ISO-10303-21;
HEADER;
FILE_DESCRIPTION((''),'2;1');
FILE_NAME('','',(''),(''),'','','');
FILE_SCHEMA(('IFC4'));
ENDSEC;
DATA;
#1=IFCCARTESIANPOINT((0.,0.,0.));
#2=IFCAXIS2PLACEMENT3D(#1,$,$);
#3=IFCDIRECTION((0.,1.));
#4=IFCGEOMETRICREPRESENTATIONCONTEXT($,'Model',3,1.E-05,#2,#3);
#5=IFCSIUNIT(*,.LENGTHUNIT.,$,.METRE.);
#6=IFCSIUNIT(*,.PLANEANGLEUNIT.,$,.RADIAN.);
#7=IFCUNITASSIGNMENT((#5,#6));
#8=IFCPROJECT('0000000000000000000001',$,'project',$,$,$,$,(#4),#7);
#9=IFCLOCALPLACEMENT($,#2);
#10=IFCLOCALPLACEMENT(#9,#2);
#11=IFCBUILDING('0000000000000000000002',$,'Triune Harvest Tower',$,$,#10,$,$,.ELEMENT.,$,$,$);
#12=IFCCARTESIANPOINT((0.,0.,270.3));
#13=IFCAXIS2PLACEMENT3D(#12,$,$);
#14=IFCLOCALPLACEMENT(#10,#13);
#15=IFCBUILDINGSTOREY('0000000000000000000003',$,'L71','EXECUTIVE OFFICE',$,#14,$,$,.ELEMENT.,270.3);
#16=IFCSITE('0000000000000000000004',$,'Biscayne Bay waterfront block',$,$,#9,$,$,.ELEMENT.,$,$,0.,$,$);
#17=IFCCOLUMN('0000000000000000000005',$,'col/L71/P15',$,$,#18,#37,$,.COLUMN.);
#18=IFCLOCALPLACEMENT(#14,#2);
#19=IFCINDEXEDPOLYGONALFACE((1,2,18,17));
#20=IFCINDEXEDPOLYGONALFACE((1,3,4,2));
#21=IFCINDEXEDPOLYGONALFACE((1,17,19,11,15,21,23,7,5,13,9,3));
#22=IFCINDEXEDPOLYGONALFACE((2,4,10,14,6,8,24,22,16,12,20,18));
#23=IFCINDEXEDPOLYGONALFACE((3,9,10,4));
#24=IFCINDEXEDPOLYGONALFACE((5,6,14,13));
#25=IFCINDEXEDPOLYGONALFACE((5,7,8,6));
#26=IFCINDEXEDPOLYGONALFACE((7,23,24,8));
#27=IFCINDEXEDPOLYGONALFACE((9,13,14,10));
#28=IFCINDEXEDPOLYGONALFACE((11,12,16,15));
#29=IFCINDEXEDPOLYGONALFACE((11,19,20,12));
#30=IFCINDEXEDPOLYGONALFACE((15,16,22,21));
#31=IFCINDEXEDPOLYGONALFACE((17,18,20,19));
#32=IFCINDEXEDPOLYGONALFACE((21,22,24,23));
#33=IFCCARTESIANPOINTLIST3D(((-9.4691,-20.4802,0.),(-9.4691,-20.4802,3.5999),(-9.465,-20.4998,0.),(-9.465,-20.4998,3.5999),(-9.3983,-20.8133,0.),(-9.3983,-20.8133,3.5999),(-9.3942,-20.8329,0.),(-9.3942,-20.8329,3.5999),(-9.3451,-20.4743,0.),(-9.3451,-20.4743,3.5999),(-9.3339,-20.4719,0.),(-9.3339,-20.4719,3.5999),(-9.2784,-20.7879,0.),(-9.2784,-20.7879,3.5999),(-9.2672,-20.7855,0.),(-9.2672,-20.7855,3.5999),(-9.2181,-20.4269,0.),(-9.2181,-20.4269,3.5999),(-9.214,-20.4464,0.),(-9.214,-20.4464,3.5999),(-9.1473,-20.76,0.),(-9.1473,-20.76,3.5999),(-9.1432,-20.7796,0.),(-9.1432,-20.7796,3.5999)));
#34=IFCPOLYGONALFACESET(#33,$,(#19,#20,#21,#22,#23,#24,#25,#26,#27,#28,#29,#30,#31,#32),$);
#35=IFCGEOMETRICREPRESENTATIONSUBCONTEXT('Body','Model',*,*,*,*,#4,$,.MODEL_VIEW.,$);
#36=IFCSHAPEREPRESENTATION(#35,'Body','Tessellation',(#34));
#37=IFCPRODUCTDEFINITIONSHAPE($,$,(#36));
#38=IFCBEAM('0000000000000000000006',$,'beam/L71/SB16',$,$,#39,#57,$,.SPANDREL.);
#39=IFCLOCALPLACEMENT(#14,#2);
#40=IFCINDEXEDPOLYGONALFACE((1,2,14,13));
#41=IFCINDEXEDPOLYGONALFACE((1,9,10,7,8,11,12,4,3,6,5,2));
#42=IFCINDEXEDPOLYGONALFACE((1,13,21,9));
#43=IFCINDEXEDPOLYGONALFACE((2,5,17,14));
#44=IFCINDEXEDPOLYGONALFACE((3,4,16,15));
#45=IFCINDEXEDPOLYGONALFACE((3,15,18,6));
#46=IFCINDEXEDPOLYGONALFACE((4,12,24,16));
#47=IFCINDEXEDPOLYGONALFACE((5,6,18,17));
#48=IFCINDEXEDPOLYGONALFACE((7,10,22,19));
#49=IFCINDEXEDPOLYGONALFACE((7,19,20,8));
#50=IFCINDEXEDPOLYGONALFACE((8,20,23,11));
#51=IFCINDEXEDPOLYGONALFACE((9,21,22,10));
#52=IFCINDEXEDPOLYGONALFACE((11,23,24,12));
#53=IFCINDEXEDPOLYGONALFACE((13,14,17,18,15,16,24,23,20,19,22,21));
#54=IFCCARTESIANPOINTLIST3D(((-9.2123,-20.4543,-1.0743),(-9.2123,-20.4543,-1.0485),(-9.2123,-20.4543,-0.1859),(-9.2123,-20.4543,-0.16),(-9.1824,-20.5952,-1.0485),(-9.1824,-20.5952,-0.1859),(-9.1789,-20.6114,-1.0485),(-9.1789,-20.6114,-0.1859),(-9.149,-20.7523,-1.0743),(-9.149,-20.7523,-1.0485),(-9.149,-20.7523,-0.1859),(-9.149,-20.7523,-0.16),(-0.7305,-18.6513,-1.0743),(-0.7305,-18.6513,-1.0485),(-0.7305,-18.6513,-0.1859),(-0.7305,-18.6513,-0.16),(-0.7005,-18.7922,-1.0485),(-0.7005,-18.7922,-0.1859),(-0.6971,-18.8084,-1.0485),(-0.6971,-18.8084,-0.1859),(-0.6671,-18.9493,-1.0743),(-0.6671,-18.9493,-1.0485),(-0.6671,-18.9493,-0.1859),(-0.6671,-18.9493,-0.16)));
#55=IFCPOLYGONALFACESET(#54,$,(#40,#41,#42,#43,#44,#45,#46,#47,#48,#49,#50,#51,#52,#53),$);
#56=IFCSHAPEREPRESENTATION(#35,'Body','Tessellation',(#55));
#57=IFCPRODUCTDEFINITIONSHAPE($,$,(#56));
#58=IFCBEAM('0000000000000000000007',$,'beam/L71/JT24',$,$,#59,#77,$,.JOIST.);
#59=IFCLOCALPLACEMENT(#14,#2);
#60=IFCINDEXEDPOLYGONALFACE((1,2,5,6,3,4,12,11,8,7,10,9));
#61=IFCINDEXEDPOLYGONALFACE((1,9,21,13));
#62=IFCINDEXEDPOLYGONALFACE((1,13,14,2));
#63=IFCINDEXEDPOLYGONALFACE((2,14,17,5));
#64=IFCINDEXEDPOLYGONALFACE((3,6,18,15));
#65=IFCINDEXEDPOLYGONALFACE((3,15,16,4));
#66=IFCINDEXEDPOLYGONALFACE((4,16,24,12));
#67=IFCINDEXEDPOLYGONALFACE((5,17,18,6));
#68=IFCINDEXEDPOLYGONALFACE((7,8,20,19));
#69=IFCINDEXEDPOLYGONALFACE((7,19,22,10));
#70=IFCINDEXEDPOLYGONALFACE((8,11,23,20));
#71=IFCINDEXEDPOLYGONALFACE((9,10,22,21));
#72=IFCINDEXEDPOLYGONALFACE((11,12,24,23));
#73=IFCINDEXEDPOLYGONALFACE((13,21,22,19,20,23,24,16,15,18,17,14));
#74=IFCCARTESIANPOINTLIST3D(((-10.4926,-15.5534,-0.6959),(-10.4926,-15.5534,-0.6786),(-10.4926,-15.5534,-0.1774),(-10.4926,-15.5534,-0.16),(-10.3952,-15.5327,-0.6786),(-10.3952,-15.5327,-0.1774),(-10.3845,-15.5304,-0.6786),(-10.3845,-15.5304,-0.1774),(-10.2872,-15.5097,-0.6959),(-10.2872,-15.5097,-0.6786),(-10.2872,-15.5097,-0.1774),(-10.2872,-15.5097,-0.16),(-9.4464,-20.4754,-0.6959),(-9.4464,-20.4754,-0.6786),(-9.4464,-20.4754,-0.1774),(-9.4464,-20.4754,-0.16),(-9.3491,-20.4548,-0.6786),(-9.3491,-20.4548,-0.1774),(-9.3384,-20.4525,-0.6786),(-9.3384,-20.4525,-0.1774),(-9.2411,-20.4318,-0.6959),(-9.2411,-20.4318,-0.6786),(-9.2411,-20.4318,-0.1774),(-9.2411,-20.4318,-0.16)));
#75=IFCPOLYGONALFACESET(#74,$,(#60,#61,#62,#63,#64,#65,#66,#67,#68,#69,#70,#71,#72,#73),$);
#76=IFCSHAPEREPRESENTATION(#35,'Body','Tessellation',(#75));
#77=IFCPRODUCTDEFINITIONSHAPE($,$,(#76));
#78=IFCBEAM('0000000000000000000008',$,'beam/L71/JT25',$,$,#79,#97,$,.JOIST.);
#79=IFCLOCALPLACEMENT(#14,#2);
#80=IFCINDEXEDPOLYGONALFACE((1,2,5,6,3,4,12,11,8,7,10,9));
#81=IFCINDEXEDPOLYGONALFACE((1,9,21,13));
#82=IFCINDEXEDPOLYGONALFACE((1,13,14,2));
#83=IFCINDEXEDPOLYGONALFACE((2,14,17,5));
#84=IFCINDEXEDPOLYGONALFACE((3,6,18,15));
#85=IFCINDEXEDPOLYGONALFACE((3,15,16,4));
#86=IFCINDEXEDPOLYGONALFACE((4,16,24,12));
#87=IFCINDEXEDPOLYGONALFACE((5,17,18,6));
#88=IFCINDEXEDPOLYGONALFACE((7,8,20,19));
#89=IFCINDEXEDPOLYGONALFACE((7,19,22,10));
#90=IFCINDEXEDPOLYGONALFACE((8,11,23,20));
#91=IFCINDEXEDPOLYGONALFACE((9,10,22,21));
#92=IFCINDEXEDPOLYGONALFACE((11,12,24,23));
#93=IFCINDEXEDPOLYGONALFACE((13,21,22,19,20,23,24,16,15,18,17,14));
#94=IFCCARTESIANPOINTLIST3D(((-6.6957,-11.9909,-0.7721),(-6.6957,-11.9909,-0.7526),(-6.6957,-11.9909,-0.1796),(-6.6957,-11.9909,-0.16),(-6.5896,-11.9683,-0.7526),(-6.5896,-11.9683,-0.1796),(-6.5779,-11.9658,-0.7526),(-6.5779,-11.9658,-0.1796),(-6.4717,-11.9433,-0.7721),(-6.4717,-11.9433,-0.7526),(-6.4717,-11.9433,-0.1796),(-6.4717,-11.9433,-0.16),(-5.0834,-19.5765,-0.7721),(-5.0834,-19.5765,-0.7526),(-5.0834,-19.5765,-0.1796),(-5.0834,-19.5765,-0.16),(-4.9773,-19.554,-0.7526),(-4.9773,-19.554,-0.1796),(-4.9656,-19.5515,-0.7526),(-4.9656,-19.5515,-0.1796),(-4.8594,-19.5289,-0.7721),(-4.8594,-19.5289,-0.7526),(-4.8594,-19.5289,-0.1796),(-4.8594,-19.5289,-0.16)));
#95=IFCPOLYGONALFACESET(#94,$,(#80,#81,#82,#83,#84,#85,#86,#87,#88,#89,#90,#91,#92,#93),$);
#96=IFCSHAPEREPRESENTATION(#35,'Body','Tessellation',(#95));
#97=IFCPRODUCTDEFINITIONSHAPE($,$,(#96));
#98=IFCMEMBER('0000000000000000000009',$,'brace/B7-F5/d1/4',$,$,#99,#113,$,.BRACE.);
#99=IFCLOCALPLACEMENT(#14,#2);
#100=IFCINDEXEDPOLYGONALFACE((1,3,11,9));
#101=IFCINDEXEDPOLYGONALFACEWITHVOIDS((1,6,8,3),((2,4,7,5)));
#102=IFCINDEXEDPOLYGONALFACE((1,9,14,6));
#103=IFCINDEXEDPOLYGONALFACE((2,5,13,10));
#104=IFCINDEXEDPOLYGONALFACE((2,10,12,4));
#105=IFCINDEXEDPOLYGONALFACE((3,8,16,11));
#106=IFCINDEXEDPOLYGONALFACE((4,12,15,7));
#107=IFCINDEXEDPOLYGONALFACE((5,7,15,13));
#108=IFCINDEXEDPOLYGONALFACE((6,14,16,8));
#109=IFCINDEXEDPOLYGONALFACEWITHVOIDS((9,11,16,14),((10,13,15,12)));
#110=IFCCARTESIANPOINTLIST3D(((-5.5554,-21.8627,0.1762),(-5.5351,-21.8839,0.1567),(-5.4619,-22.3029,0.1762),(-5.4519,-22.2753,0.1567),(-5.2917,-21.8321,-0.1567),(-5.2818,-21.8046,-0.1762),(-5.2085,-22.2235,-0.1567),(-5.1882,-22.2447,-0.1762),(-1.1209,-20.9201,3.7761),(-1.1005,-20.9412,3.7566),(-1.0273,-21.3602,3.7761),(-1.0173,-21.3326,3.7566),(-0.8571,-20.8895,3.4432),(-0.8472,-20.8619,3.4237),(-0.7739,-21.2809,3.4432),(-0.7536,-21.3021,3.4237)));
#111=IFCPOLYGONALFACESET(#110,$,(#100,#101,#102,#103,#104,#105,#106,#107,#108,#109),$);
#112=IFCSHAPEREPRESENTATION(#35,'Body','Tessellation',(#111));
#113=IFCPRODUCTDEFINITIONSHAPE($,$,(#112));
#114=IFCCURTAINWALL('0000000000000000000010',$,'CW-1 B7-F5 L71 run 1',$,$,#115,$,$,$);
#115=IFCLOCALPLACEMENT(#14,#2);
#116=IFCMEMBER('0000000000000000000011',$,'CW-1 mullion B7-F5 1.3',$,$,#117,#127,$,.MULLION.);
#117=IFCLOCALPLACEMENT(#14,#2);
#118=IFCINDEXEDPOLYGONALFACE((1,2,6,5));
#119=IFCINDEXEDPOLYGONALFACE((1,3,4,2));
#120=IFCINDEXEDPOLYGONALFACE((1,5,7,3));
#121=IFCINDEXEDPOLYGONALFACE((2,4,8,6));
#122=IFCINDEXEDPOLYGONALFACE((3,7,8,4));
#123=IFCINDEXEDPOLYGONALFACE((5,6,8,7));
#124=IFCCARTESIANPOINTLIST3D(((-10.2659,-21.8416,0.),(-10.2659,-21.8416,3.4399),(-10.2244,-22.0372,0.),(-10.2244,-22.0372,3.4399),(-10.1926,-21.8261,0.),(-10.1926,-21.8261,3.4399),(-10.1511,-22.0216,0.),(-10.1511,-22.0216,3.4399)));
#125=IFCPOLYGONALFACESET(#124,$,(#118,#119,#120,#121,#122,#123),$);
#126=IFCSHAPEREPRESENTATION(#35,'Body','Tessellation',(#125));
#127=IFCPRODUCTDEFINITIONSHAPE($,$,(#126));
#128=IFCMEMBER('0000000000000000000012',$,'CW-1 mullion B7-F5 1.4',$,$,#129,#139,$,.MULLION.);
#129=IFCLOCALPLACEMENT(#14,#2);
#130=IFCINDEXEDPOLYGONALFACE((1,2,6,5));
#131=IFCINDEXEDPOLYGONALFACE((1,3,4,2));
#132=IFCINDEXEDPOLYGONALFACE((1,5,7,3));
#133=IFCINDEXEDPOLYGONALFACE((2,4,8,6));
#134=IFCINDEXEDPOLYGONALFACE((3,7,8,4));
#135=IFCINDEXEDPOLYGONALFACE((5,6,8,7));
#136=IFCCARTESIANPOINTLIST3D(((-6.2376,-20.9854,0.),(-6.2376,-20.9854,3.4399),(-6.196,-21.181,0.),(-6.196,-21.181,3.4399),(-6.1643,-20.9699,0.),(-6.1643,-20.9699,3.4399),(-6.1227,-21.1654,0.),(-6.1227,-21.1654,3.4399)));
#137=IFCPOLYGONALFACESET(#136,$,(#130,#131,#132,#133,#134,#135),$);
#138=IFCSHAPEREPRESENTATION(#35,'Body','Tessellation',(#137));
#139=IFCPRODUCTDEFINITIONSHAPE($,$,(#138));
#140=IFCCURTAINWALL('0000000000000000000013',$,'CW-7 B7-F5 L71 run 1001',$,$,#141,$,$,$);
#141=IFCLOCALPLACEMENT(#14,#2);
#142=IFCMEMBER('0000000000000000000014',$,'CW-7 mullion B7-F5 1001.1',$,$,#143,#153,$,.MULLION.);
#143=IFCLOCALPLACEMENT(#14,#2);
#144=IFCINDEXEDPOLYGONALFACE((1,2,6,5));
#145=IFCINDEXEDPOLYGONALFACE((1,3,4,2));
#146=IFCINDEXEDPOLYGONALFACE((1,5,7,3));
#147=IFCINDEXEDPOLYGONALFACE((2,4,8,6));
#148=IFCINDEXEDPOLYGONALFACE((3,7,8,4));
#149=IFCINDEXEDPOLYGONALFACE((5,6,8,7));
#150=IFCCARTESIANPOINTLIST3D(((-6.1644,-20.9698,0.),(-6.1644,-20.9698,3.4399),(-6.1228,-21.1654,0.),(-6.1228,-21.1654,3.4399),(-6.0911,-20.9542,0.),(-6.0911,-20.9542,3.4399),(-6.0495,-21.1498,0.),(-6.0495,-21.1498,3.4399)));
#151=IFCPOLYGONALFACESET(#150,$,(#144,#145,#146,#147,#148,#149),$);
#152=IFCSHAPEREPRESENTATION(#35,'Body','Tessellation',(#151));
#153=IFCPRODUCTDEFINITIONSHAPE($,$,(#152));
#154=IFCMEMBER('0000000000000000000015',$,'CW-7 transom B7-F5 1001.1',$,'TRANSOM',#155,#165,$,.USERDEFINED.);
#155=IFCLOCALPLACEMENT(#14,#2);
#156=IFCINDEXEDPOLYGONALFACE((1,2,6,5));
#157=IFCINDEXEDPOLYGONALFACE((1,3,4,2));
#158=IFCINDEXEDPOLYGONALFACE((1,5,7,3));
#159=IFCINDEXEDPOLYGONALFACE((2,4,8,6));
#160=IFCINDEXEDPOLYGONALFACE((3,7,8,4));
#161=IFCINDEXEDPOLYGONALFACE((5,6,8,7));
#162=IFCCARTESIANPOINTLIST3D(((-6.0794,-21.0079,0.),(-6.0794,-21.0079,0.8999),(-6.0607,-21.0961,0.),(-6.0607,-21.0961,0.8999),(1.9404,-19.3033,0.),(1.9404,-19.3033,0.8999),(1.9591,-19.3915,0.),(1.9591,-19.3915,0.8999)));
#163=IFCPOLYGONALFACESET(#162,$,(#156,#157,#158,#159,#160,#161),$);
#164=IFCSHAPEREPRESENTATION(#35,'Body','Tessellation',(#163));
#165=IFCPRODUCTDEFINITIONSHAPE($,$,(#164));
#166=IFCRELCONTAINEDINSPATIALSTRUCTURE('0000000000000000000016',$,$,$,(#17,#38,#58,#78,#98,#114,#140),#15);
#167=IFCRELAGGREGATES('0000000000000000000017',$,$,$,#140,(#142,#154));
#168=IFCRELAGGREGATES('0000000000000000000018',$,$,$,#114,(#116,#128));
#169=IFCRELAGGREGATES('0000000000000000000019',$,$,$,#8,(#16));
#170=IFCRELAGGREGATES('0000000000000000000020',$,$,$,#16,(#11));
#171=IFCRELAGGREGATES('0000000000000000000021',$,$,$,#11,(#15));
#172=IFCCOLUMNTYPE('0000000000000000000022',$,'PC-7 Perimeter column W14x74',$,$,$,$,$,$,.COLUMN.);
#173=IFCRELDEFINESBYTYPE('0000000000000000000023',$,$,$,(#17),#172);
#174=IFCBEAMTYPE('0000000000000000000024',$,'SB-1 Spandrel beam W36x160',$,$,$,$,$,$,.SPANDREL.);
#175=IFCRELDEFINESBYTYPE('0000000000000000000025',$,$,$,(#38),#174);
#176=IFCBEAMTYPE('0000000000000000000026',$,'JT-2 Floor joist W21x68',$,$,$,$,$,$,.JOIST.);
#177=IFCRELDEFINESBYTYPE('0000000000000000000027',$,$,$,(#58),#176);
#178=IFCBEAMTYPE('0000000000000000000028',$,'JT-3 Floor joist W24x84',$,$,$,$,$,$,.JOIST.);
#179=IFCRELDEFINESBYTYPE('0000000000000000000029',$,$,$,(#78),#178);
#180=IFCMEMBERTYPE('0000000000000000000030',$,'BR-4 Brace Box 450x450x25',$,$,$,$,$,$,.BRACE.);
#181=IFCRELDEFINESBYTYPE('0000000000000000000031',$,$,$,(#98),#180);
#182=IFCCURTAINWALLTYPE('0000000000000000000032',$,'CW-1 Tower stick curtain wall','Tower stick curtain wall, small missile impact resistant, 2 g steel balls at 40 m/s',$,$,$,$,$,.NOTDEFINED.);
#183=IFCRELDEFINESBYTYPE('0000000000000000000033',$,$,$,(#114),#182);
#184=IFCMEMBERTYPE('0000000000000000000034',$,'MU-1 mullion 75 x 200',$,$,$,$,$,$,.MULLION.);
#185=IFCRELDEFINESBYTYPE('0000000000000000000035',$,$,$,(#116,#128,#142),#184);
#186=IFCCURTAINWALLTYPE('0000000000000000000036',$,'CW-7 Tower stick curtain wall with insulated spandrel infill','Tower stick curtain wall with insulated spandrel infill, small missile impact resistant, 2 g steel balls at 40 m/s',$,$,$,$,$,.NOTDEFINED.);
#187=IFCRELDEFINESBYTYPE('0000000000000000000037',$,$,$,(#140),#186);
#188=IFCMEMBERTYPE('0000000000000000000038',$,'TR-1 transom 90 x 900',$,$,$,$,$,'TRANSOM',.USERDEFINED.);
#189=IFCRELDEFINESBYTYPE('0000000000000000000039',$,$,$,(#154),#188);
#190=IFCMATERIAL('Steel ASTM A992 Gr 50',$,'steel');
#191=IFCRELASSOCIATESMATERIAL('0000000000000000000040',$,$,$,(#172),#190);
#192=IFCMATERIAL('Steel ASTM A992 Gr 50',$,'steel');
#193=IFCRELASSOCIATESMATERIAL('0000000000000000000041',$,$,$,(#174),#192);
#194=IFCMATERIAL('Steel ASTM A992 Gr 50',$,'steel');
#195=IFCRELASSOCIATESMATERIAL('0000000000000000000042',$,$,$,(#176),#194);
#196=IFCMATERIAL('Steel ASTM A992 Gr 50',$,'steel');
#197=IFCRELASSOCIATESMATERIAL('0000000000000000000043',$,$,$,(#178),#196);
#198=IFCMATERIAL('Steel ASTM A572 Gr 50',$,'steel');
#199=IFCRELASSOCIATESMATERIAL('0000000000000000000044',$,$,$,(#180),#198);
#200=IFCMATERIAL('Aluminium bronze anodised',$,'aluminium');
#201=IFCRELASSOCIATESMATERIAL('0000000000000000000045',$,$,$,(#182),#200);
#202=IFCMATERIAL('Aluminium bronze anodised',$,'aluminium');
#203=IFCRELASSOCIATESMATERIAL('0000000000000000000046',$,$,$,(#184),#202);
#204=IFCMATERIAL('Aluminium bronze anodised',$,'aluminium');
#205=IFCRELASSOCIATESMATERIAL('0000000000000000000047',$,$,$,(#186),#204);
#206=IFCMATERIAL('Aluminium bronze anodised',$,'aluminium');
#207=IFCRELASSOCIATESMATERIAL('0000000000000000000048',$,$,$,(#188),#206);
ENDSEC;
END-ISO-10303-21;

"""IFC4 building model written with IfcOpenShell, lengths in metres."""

from ifc_helpers import new_model, si_unit, direction, frame, origin, origin_2d, place, context, subcontext, project, spatial, rectangle, hollow_rectangle, i_section, extrude, source, transform, mapped, material, material_profile, profile_set, type_object, element, aggregate, save


model = new_model("IFC4")

# Units and contexts
model_context = context("Model", 3, precision=1e-05, world=origin(), true_north=direction((0.0, 1.0)))
body_context = subcontext(model_context, "Body", "Model", "MODEL_VIEW")
ifc_project = project(units=[si_unit("LENGTHUNIT", "METRE"), si_unit("PLANEANGLEUNIT", "RADIAN")], contexts=[model_context])

# Site, building, storey
site_placement = place(None, origin())
site = spatial("IfcSite", under=ifc_project, at=site_placement, Name="Biscayne Bay waterfront block", CompositionType="ELEMENT", RefElevation=0.0)
building_placement = place(site_placement, origin())
building = spatial("IfcBuilding", under=site, at=building_placement, Name="Triune Harvest Tower", CompositionType="ELEMENT")
storey_placement = place(building_placement, frame((0.0, 0.0, 270.3)))
storey = spatial("IfcBuildingStorey", under=building, at=storey_placement, Name="L71", Description="EXECUTIVE OFFICE", CompositionType="ELEMENT", Elevation=270.3)

# Column
ifc_material_1 = material(Name="Steel ASTM A992 Gr 50", Category="steel")
ifc_material_profile_1 = material_profile(ifc_material_1, i_section(OverallWidth=0.2566, OverallDepth=0.3606, WebThickness=0.0115, FlangeThickness=0.02, at=origin_2d()), Name="W14x74")
ifc_profile_set_1 = profile_set([ifc_material_profile_1], Name="Steel ASTM A992 Gr 50")
column_type = type_object("IfcColumnType", Name="PC-7 Perimeter column W14x74", PredefinedType="COLUMN", material=ifc_profile_set_1)
shared_shape_1 = source(origin(), body_context, "Body", "SweptSolid", [
    extrude(i_section(OverallWidth=0.2566, OverallDepth=0.3606, WebThickness=0.0115, FlangeThickness=0.02, at=origin_2d()), origin(), (0.0, 0.0, 1.0), 3.5999),
])
column_placement = place(storey_placement, frame((-9.3062, -20.6299, 0.0), z_axis=(0.0, 0.0, 1.0), x_axis=(0.978147, 0.207913, 0.0)))
element("IfcColumn", 1, at=column_placement, inside=storey, type_object=column_type, Name="col/L71/P15", PredefinedType="COLUMN", context=body_context, shape_type="MappedRepresentation", body=[
    mapped(shared_shape_1, transform((0.0, 0.0, 0.0), scale=1.0)),
])

# Beams
ifc_material_2 = material(Name="Steel ASTM A992 Gr 50", Category="steel")
ifc_material_profile_2 = material_profile(ifc_material_2, i_section(OverallWidth=0.3047, OverallDepth=0.9143, WebThickness=0.0166, FlangeThickness=0.0259, at=origin_2d()), Name="W36x160")
ifc_profile_set_2 = profile_set([ifc_material_profile_2], Name="Steel ASTM A992 Gr 50")
beam_type_1 = type_object("IfcBeamType", Name="SB-1 Spandrel beam W36x160", PredefinedType="SPANDREL", material=ifc_profile_set_2)
shared_shape_2 = source(origin(), body_context, "Body", "SweptSolid", [
    extrude(i_section(OverallWidth=0.3047, OverallDepth=0.9143, WebThickness=0.0166, FlangeThickness=0.0259, at=origin_2d()), origin(), (0.0, 0.0, 1.0), 8.6714),
])
beam_1_placement = place(storey_placement, frame((-9.1807, -20.6033, -0.6172), z_axis=(0.978146, 0.207921, 0.0), x_axis=(-0.207921, 0.978146, 0.0)))
element("IfcBeam", 2, at=beam_1_placement, inside=storey, type_object=beam_type_1, Name="beam/L71/SB16", PredefinedType="SPANDREL", context=body_context, shape_type="MappedRepresentation", body=[
    mapped(shared_shape_2, transform((0.0, 0.0, 0.0), scale=1.0)),
])
ifc_material_3 = material(Name="Steel ASTM A992 Gr 50", Category="steel")
ifc_material_profile_3 = material_profile(ifc_material_3, i_section(OverallWidth=0.21, OverallDepth=0.5359, WebThickness=0.011, FlangeThickness=0.0173, at=origin_2d()), Name="W21x68")
ifc_profile_set_3 = profile_set([ifc_material_profile_3], Name="Steel ASTM A992 Gr 50")
beam_type_2 = type_object("IfcBeamType", Name="JT-2 Floor joist W21x68", PredefinedType="JOIST", material=ifc_profile_set_3)
shared_shape_3 = source(origin(), body_context, "Body", "SweptSolid", [
    extrude(i_section(OverallWidth=0.21, OverallDepth=0.5359, WebThickness=0.011, FlangeThickness=0.0173, at=origin_2d()), origin(), (0.0, 0.0, 1.0), 5.032),
])
beam_2_placement = place(storey_placement, frame((-9.3438, -20.4536, -0.428), z_axis=(-0.207895, 0.978151, 0.0), x_axis=(-0.978151, -0.207895, 0.0)))
element("IfcBeam", 3, at=beam_2_placement, inside=storey, type_object=beam_type_2, Name="beam/L71/JT24", PredefinedType="JOIST", context=body_context, shape_type="MappedRepresentation", body=[
    mapped(shared_shape_3, transform((0.0, 0.0, 0.0), scale=1.0)),
])
ifc_material_4 = material(Name="Steel ASTM A992 Gr 50", Category="steel")
ifc_material_profile_4 = material_profile(ifc_material_4, i_section(OverallWidth=0.229, OverallDepth=0.6121, WebThickness=0.012, FlangeThickness=0.0195, at=origin_2d()), Name="W24x84")
ifc_profile_set_4 = profile_set([ifc_material_profile_4], Name="Steel ASTM A992 Gr 50")
beam_type_3 = type_object("IfcBeamType", Name="JT-3 Floor joist W24x84", PredefinedType="JOIST", material=ifc_profile_set_4)
shared_shape_4 = source(origin(), body_context, "Body", "SweptSolid", [
    extrude(i_section(OverallWidth=0.229, OverallDepth=0.6121, WebThickness=0.012, FlangeThickness=0.0195, at=origin_2d()), origin(), (0.0, 0.0, 1.0), 7.7551),
])
beam_3_placement = place(storey_placement, frame((-4.9714, -19.5527, -0.4661), z_axis=(-0.207901, 0.97815, 0.0), x_axis=(-0.97815, -0.207901, 0.0)))
element("IfcBeam", 4, at=beam_3_placement, inside=storey, type_object=beam_type_3, Name="beam/L71/JT25", PredefinedType="JOIST", context=body_context, shape_type="MappedRepresentation", body=[
    mapped(shared_shape_4, transform((0.0, 0.0, 0.0), scale=1.0)),
])

# Member
ifc_material_5 = material(Name="Steel ASTM A572 Gr 50", Category="steel")
ifc_material_profile_5 = material_profile(ifc_material_5, hollow_rectangle(XDim=0.45, YDim=0.45, WallThickness=0.0249, at=origin_2d()), Name="Box 450x450x25")
ifc_profile_set_5 = profile_set([ifc_material_profile_5], Name="Steel ASTM A572 Gr 50")
member_type_1 = type_object("IfcMemberType", Name="BR-4 Brace Box 450x450x25", PredefinedType="BRACE", material=ifc_profile_set_5)
shared_shape_5 = source(origin(), body_context, "Body", "SweptSolid", [
    extrude(hollow_rectangle(XDim=0.45, YDim=0.45, WallThickness=0.0249, at=origin_2d()), origin(), (0.0, 0.0, 1.0), 5.7891),
])
member_1_placement = place(storey_placement, frame((-5.3718, -22.0537, 0.0), z_axis=(0.76603, 0.16283, 0.62184), x_axis=(-0.207918, 0.978146, 0.0)))
element("IfcMember", 5, at=member_1_placement, inside=storey, type_object=member_type_1, Name="brace/B7-F5/d1/4", PredefinedType="BRACE", context=body_context, shape_type="MappedRepresentation", body=[
    mapped(shared_shape_5, transform((0.0, 0.0, 0.0), scale=1.0)),
])

# Curtain walls, members
ifc_material_6 = material(Name="Aluminium bronze anodised", Category="aluminium")
curtain_wall_type_1 = type_object("IfcCurtainWallType", Name="CW-1 Tower stick curtain wall", Description="Tower stick curtain wall, small missile impact resistant, 2 g steel balls at 40 m/s", PredefinedType="NOTDEFINED", material=ifc_material_6)
curtain_wall_1_placement = place(storey_placement, origin())
curtain_wall_1 = element("IfcCurtainWall", 6, at=curtain_wall_1_placement, inside=storey, type_object=curtain_wall_type_1, Name="CW-1 B7-F5 L71 run 1")
ifc_material_7 = material(Name="Aluminium bronze anodised", Category="aluminium")
ifc_material_profile_6 = material_profile(ifc_material_7, rectangle(XDim=0.2, YDim=0.075, at=origin_2d()), Name="MU-1 mullion 75 x 200")
ifc_profile_set_6 = profile_set([ifc_material_profile_6], Name="Aluminium bronze anodised")
member_type_2 = type_object("IfcMemberType", Name="MU-1 mullion 75 x 200", PredefinedType="MULLION", material=ifc_profile_set_6)
shared_shape_6 = source(origin(), body_context, "Body", "SweptSolid", [
    extrude(rectangle(XDim=0.2, YDim=0.075, at=origin_2d()), origin(), (0.0, 0.0, 1.0), 3.4399),
])
member_2_placement = place(storey_placement, frame((-10.2085, -21.9316, 0.0), z_axis=(0.0, 0.0, 1.0), x_axis=(-0.207909, 0.978148, 0.0)))
member_2 = element("IfcMember", 7, at=member_2_placement, type_object=member_type_2, Name="CW-1 mullion B7-F5 1.3", PredefinedType="MULLION", context=body_context, shape_type="MappedRepresentation", body=[
    mapped(shared_shape_6, transform((0.0, 0.0, 0.0), scale=1.0)),
])
member_3_placement = place(storey_placement, frame((-6.1802, -21.0754, 0.0), z_axis=(0.0, 0.0, 1.0), x_axis=(-0.207909, 0.978148, 0.0)))
member_3 = element("IfcMember", 8, at=member_3_placement, type_object=member_type_2, Name="CW-1 mullion B7-F5 1.4", PredefinedType="MULLION", context=body_context, shape_type="MappedRepresentation", body=[
    mapped(shared_shape_6, transform((0.0, 0.0, 0.0), scale=1.0)),
])
ifc_material_8 = material(Name="Aluminium bronze anodised", Category="aluminium")
curtain_wall_type_2 = type_object("IfcCurtainWallType", Name="CW-7 Tower stick curtain wall with insulated spandrel infill", Description="Tower stick curtain wall with insulated spandrel infill, small missile impact resistant, 2 g steel balls at 40 m/s", PredefinedType="NOTDEFINED", material=ifc_material_8)
curtain_wall_2_placement = place(storey_placement, origin())
curtain_wall_2 = element("IfcCurtainWall", 9, at=curtain_wall_2_placement, inside=storey, type_object=curtain_wall_type_2, Name="CW-7 B7-F5 L71 run 1001")
member_4_placement = place(storey_placement, frame((-6.1069, -21.0598, 0.0), z_axis=(0.0, 0.0, 1.0), x_axis=(-0.207913, 0.978147, 0.0)))
member_4 = element("IfcMember", 10, at=member_4_placement, type_object=member_type_2, Name="CW-7 mullion B7-F5 1001.1", PredefinedType="MULLION", context=body_context, shape_type="MappedRepresentation", body=[
    mapped(shared_shape_6, transform((0.0, 0.0, 0.0), scale=1.0)),
])
ifc_material_9 = material(Name="Aluminium bronze anodised", Category="aluminium")
ifc_material_profile_7 = material_profile(ifc_material_9, rectangle(XDim=0.0901, YDim=0.8999, at=origin_2d()), Name="TR-1 transom 90 x 900")
ifc_profile_set_7 = profile_set([ifc_material_profile_7], Name="Aluminium bronze anodised")
member_type_3 = type_object("IfcMemberType", Name="TR-1 transom 90 x 900", ElementType="TRANSOM", PredefinedType="USERDEFINED", material=ifc_profile_set_7)
shared_shape_7 = source(origin(), body_context, "Body", "SweptSolid", [
    extrude(rectangle(XDim=0.0901, YDim=0.8999, at=origin_2d()), origin(), (0.0, 0.0, 1.0), 8.199),
])
member_5_placement = place(storey_placement, frame((-6.0701, -21.052, 0.45), z_axis=(0.978149, 0.207904, 0.0), x_axis=(-0.207904, 0.978149, 0.0)))
member_5 = element("IfcMember", 11, at=member_5_placement, type_object=member_type_3, Name="CW-7 transom B7-F5 1001.1", ObjectType="TRANSOM", PredefinedType="USERDEFINED", context=body_context, shape_type="MappedRepresentation", body=[
    mapped(shared_shape_7, transform((0.0, 0.0, 0.0), scale=1.0)),
])

aggregate(curtain_wall_2, [member_4, member_5])
aggregate(curtain_wall_1, [member_2, member_3])

save(model, "model.ifc")
